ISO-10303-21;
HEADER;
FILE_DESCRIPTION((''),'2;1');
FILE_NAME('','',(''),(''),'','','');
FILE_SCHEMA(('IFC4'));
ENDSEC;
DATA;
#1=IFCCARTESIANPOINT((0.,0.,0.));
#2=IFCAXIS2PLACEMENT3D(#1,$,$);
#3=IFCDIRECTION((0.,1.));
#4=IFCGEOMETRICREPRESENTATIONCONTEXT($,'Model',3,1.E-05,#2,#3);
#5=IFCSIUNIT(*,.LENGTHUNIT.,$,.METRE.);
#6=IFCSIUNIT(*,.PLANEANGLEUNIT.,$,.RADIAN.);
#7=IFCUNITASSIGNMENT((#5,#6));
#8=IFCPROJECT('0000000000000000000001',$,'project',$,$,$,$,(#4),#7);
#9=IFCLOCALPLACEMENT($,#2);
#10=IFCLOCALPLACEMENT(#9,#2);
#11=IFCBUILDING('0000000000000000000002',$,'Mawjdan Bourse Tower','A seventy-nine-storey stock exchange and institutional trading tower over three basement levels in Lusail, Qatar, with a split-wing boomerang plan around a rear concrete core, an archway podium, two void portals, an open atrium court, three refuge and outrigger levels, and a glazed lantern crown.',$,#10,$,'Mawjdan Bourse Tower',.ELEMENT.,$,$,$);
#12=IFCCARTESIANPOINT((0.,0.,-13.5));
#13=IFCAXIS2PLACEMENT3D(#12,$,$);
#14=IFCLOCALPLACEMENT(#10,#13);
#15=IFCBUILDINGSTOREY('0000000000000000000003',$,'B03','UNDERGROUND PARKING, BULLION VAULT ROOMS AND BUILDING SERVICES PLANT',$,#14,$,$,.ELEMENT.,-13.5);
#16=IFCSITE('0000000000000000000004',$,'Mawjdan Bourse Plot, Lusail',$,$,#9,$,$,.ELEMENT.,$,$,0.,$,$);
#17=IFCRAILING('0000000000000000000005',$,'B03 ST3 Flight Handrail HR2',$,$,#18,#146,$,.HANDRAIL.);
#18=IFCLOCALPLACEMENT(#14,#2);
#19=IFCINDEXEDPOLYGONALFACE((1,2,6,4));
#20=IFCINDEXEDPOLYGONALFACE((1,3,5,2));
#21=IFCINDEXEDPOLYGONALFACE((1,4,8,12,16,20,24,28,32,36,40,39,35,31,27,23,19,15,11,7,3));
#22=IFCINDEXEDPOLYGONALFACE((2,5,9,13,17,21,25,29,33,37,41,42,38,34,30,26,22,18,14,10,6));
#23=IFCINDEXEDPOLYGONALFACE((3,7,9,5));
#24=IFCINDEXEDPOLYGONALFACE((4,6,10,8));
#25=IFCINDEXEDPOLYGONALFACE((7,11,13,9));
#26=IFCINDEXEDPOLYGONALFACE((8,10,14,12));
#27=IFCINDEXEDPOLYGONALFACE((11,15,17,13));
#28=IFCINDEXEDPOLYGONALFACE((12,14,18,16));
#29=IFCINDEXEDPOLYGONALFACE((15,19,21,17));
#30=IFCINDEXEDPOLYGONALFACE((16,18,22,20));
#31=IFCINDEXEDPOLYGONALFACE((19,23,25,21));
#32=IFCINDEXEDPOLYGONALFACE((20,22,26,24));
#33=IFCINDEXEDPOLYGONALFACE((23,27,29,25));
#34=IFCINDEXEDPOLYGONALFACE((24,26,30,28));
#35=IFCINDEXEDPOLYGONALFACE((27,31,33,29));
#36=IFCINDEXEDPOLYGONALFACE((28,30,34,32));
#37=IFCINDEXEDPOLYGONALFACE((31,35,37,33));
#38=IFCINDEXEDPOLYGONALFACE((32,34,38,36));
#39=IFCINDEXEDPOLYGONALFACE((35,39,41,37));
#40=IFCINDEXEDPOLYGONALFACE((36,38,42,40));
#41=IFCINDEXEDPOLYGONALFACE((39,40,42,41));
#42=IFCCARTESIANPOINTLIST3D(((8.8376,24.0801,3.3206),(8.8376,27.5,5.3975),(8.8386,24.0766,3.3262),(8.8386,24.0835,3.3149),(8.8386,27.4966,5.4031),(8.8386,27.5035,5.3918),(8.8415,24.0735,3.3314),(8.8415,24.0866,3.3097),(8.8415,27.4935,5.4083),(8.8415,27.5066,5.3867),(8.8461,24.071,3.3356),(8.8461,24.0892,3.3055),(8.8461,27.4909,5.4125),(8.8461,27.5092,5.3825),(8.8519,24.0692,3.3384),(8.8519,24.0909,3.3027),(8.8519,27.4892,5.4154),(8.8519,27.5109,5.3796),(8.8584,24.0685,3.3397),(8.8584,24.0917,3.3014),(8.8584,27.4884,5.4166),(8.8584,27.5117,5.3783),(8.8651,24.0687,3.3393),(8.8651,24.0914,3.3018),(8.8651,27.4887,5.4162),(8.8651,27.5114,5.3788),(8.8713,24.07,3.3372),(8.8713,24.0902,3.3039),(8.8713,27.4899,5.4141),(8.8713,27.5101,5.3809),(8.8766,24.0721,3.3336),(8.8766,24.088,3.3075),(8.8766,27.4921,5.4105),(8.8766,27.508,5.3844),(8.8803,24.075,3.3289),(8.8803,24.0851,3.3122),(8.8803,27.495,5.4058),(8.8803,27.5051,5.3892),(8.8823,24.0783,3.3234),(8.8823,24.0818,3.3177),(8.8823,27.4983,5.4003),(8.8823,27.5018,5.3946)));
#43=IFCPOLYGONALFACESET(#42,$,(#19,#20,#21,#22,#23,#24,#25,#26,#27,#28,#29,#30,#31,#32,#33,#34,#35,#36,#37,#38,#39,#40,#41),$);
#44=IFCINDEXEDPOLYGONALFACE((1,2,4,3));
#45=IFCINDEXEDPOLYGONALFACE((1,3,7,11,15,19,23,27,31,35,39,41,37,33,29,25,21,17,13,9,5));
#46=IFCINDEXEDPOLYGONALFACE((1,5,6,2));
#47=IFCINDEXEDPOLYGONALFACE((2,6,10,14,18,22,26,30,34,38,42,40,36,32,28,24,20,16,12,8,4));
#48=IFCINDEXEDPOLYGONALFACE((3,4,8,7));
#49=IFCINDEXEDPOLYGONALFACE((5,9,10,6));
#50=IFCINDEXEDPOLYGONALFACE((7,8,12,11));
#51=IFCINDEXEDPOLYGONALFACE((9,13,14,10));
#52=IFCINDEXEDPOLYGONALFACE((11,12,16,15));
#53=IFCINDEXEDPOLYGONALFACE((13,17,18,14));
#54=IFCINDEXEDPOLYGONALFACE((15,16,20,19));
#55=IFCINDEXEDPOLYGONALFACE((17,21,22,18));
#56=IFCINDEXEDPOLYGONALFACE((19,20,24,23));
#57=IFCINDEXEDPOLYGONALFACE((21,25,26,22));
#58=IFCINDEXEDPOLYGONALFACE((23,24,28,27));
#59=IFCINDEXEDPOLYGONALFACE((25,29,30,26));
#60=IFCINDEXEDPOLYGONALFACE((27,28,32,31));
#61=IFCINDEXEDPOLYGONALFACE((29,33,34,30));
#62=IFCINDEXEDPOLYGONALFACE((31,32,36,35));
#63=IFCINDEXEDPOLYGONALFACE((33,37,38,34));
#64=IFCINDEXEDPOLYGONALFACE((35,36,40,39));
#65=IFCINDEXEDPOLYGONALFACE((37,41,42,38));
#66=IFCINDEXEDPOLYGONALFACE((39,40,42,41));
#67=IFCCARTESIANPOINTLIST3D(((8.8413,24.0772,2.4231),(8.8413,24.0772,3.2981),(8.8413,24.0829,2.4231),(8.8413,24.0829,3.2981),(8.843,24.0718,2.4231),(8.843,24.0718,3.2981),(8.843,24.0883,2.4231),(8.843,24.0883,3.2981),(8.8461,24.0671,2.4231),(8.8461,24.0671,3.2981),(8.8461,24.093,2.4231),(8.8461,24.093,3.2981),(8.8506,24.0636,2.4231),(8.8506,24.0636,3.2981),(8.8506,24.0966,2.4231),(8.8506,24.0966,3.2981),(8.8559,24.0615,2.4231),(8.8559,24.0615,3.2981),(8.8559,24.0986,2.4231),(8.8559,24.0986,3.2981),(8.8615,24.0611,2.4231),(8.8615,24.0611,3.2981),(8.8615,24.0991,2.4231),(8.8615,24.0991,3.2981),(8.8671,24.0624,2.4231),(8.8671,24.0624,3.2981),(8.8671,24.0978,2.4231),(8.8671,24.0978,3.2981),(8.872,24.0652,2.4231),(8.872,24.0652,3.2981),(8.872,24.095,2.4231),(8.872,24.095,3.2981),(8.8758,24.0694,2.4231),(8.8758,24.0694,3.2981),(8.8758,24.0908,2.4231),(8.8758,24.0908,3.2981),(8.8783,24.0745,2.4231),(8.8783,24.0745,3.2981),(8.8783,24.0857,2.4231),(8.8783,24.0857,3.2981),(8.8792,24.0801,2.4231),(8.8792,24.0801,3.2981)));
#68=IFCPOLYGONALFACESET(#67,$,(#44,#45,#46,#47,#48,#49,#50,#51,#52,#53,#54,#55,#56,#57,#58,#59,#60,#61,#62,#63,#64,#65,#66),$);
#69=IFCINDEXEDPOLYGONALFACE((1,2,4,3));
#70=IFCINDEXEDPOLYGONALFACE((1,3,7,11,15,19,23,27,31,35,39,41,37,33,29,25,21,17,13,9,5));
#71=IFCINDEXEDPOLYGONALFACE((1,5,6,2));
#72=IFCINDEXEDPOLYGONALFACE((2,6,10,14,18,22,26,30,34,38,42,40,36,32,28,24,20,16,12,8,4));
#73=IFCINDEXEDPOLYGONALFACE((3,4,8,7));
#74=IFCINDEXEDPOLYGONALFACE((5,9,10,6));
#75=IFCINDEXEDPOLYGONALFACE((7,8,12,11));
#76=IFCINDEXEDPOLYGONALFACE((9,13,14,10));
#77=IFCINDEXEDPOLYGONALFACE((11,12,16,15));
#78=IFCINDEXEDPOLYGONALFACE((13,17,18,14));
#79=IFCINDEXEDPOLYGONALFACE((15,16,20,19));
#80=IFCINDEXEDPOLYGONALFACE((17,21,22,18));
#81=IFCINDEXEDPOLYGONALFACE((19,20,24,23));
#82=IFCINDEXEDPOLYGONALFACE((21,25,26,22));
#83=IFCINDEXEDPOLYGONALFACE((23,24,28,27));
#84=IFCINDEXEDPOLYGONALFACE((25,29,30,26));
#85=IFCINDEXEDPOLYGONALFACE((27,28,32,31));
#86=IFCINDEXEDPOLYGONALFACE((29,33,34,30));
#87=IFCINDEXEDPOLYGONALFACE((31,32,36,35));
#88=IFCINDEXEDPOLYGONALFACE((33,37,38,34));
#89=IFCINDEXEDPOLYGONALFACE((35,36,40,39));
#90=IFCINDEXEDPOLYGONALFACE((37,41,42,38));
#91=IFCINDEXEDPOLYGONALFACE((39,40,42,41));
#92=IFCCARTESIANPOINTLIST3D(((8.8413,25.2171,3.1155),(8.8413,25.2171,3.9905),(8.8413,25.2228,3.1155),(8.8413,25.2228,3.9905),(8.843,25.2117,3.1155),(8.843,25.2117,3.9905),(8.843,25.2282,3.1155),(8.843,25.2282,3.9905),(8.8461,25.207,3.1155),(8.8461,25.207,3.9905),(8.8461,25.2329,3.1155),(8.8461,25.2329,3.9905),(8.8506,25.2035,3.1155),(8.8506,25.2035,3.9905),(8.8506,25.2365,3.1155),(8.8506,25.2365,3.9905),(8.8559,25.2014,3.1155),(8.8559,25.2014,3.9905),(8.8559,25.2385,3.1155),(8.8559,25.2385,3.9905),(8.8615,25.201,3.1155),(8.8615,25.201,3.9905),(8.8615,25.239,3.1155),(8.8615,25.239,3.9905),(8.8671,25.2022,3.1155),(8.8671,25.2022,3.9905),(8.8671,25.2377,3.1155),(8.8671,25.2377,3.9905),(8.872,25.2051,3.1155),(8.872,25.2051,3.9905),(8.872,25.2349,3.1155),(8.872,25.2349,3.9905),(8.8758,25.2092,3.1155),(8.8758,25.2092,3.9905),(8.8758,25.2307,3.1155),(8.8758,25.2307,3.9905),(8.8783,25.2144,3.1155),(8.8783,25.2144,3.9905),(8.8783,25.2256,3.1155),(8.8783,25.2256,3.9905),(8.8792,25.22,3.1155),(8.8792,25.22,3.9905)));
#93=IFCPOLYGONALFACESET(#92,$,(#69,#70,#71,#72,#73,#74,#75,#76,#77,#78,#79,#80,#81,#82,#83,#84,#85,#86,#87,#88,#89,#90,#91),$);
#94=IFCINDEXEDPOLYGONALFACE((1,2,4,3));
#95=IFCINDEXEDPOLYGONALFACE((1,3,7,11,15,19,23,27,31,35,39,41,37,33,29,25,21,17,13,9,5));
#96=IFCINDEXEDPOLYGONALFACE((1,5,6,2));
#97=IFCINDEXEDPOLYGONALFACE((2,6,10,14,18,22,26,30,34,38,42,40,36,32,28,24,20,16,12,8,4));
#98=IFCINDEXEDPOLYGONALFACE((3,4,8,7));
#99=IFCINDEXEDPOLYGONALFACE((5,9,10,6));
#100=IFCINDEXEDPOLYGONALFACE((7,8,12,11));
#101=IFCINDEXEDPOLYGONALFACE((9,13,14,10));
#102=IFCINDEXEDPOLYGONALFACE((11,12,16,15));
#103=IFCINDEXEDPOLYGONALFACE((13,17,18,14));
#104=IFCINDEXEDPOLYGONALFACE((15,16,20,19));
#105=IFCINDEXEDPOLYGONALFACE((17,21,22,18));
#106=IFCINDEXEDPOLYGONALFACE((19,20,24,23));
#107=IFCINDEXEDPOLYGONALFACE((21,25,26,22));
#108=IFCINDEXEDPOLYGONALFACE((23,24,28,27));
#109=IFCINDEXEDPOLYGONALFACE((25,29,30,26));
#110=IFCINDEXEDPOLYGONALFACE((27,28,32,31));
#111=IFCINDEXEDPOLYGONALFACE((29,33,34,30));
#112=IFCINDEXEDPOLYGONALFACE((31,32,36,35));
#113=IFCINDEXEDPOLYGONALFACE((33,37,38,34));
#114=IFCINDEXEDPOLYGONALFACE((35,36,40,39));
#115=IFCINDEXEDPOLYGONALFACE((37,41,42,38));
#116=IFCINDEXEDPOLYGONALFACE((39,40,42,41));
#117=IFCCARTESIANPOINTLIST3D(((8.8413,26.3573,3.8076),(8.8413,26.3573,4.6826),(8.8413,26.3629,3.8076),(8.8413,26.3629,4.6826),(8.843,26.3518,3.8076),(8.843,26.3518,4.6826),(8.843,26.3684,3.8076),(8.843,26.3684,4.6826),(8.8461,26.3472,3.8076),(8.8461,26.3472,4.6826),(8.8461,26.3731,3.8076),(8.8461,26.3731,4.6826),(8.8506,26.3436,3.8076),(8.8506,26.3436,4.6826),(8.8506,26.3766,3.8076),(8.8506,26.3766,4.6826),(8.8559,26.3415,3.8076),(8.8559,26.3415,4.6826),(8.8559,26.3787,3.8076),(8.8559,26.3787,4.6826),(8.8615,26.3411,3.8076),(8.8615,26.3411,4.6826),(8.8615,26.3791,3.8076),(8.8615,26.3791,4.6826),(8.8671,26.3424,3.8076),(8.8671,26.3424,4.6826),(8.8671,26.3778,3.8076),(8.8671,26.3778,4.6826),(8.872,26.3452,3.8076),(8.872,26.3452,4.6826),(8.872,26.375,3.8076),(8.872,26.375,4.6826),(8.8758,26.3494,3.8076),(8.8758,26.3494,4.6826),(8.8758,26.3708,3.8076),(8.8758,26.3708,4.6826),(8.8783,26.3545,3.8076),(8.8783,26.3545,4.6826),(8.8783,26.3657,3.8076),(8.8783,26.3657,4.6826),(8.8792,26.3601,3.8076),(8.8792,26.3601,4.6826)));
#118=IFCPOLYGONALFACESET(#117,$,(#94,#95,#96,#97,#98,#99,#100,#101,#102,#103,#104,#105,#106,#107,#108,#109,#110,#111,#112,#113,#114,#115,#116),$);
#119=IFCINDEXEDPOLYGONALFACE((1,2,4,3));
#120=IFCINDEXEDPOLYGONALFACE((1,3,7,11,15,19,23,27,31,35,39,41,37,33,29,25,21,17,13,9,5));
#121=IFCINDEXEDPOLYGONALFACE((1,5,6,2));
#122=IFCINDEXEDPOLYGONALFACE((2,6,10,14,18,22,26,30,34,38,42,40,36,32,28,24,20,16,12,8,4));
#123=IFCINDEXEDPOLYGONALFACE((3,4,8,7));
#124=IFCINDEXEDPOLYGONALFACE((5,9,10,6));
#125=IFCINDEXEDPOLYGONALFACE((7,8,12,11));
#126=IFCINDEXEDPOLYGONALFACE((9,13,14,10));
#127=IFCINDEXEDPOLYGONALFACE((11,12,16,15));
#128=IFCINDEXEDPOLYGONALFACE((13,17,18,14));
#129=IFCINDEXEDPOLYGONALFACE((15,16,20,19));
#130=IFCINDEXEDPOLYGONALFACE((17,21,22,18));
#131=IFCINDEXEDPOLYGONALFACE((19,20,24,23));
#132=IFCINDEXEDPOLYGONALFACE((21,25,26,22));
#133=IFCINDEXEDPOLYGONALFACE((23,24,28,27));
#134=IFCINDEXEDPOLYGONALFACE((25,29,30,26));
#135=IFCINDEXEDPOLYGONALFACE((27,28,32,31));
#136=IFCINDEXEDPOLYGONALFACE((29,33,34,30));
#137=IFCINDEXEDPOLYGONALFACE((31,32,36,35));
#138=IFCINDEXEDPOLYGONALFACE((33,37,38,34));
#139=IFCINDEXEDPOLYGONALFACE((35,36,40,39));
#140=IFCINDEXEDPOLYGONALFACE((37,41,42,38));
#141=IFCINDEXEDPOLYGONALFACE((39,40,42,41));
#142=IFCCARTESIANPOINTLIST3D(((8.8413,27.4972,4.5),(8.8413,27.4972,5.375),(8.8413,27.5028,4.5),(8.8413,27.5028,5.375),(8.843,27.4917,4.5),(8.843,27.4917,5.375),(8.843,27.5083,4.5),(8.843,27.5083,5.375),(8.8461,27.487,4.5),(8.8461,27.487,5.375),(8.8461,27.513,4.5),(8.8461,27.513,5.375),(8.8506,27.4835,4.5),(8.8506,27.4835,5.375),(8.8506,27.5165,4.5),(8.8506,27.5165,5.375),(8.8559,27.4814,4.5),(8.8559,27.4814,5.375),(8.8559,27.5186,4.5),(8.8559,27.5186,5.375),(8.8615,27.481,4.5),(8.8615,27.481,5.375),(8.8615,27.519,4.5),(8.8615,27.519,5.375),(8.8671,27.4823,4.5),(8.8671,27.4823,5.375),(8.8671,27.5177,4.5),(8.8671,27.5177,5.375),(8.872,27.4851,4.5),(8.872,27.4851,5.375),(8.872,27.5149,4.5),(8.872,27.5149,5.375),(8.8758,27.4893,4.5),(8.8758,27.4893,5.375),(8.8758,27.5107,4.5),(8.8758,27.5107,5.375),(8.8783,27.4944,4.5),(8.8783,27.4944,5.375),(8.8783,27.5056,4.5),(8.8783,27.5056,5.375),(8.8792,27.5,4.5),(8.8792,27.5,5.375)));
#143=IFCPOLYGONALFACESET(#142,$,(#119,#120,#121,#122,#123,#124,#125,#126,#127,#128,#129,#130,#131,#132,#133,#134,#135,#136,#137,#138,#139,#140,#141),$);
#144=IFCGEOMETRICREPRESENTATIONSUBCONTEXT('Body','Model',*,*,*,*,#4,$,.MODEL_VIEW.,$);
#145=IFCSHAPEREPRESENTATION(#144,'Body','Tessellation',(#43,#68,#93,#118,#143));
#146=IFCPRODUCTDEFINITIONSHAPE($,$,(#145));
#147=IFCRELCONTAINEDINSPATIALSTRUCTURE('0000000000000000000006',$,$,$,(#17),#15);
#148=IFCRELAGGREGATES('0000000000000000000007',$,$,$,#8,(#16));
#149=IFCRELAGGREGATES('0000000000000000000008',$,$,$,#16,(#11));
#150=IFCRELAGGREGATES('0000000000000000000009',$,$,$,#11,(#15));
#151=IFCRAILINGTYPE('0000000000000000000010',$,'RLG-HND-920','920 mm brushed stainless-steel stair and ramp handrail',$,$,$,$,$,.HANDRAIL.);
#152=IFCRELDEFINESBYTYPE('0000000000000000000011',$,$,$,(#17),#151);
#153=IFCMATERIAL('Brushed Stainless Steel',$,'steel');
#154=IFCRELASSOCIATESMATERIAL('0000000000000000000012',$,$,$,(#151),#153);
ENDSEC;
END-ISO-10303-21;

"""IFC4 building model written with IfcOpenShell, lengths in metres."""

from ifc_helpers import new_model, si_unit, direction, frame, origin, origin_2d, place, context, subcontext, project, spatial, circle, extrude, material, type_object, element, save


model = new_model("IFC4")

# Units and contexts
model_context = context("Model", 3, precision=1e-05, world=origin(), true_north=direction((0.0, 1.0)))
body_context = subcontext(model_context, "Body", "Model", "MODEL_VIEW")
ifc_project = project(units=[si_unit("LENGTHUNIT", "METRE"), si_unit("PLANEANGLEUNIT", "RADIAN")], contexts=[model_context])

# Site, building, storey
site_placement = place(None, origin())
site = spatial("IfcSite", under=ifc_project, at=site_placement, Name="Mawjdan Bourse Plot, Lusail", CompositionType="ELEMENT", RefElevation=0.0)
building_placement = place(site_placement, origin())
building = spatial("IfcBuilding", under=site, at=building_placement, Name="Mawjdan Bourse Tower", Description="A seventy-nine-storey stock exchange and institutional trading tower over three basement levels in Lusail, Qatar, with a split-wing boomerang plan around a rear concrete core, an archway podium, two void portals, an open atrium court, three refuge and outrigger levels, and a glazed lantern crown.", LongName="Mawjdan Bourse Tower", CompositionType="ELEMENT")
storey_placement = place(building_placement, frame((0.0, 0.0, -13.5)))
storey = spatial("IfcBuildingStorey", under=building, at=storey_placement, Name="B03", Description="UNDERGROUND PARKING, BULLION VAULT ROOMS AND BUILDING SERVICES PLANT", CompositionType="ELEMENT", Elevation=-13.5)

# Railing
ifc_material_1 = material(Name="Brushed Stainless Steel", Category="steel")
railing_type_1 = type_object("IfcRailingType", Name="RLG-HND-920", Description="920 mm brushed stainless-steel stair and ramp handrail", PredefinedType="HANDRAIL", material=ifc_material_1)
railing_1_placement = place(storey_placement, frame((8.8601, 24.0801, 2.4231)))
element("IfcRailing", 1, at=railing_1_placement, inside=storey, type_object=railing_type_1, Name="B03 ST3 Flight Handrail HR2", PredefinedType="HANDRAIL", context=body_context, shape_type="SweptSolid", body=[
    extrude(circle(Radius=0.0225, at=origin_2d()), frame((0.0, 0.0, 0.8975), z_axis=(0.0, 0.85473, 0.519074), x_axis=(-1.0, 0.0, 0.0)), (0.0, 0.0, 1.0), 4.0012),
    extrude(circle(Radius=0.019, at=origin_2d()), origin(), (0.0, 0.0, 1.0), 0.875),
    extrude(circle(Radius=0.019, at=origin_2d()), frame((0.0, 1.1399, 0.6924)), (0.0, 0.0, 1.0), 0.875),
    extrude(circle(Radius=0.019, at=origin_2d()), frame((0.0, 2.28, 1.3845)), (0.0, 0.0, 1.0), 0.875),
    extrude(circle(Radius=0.019, at=origin_2d()), frame((0.0, 3.4199, 2.0769)), (0.0, 0.0, 1.0), 0.875),
])

save(model, "model.ifc")
